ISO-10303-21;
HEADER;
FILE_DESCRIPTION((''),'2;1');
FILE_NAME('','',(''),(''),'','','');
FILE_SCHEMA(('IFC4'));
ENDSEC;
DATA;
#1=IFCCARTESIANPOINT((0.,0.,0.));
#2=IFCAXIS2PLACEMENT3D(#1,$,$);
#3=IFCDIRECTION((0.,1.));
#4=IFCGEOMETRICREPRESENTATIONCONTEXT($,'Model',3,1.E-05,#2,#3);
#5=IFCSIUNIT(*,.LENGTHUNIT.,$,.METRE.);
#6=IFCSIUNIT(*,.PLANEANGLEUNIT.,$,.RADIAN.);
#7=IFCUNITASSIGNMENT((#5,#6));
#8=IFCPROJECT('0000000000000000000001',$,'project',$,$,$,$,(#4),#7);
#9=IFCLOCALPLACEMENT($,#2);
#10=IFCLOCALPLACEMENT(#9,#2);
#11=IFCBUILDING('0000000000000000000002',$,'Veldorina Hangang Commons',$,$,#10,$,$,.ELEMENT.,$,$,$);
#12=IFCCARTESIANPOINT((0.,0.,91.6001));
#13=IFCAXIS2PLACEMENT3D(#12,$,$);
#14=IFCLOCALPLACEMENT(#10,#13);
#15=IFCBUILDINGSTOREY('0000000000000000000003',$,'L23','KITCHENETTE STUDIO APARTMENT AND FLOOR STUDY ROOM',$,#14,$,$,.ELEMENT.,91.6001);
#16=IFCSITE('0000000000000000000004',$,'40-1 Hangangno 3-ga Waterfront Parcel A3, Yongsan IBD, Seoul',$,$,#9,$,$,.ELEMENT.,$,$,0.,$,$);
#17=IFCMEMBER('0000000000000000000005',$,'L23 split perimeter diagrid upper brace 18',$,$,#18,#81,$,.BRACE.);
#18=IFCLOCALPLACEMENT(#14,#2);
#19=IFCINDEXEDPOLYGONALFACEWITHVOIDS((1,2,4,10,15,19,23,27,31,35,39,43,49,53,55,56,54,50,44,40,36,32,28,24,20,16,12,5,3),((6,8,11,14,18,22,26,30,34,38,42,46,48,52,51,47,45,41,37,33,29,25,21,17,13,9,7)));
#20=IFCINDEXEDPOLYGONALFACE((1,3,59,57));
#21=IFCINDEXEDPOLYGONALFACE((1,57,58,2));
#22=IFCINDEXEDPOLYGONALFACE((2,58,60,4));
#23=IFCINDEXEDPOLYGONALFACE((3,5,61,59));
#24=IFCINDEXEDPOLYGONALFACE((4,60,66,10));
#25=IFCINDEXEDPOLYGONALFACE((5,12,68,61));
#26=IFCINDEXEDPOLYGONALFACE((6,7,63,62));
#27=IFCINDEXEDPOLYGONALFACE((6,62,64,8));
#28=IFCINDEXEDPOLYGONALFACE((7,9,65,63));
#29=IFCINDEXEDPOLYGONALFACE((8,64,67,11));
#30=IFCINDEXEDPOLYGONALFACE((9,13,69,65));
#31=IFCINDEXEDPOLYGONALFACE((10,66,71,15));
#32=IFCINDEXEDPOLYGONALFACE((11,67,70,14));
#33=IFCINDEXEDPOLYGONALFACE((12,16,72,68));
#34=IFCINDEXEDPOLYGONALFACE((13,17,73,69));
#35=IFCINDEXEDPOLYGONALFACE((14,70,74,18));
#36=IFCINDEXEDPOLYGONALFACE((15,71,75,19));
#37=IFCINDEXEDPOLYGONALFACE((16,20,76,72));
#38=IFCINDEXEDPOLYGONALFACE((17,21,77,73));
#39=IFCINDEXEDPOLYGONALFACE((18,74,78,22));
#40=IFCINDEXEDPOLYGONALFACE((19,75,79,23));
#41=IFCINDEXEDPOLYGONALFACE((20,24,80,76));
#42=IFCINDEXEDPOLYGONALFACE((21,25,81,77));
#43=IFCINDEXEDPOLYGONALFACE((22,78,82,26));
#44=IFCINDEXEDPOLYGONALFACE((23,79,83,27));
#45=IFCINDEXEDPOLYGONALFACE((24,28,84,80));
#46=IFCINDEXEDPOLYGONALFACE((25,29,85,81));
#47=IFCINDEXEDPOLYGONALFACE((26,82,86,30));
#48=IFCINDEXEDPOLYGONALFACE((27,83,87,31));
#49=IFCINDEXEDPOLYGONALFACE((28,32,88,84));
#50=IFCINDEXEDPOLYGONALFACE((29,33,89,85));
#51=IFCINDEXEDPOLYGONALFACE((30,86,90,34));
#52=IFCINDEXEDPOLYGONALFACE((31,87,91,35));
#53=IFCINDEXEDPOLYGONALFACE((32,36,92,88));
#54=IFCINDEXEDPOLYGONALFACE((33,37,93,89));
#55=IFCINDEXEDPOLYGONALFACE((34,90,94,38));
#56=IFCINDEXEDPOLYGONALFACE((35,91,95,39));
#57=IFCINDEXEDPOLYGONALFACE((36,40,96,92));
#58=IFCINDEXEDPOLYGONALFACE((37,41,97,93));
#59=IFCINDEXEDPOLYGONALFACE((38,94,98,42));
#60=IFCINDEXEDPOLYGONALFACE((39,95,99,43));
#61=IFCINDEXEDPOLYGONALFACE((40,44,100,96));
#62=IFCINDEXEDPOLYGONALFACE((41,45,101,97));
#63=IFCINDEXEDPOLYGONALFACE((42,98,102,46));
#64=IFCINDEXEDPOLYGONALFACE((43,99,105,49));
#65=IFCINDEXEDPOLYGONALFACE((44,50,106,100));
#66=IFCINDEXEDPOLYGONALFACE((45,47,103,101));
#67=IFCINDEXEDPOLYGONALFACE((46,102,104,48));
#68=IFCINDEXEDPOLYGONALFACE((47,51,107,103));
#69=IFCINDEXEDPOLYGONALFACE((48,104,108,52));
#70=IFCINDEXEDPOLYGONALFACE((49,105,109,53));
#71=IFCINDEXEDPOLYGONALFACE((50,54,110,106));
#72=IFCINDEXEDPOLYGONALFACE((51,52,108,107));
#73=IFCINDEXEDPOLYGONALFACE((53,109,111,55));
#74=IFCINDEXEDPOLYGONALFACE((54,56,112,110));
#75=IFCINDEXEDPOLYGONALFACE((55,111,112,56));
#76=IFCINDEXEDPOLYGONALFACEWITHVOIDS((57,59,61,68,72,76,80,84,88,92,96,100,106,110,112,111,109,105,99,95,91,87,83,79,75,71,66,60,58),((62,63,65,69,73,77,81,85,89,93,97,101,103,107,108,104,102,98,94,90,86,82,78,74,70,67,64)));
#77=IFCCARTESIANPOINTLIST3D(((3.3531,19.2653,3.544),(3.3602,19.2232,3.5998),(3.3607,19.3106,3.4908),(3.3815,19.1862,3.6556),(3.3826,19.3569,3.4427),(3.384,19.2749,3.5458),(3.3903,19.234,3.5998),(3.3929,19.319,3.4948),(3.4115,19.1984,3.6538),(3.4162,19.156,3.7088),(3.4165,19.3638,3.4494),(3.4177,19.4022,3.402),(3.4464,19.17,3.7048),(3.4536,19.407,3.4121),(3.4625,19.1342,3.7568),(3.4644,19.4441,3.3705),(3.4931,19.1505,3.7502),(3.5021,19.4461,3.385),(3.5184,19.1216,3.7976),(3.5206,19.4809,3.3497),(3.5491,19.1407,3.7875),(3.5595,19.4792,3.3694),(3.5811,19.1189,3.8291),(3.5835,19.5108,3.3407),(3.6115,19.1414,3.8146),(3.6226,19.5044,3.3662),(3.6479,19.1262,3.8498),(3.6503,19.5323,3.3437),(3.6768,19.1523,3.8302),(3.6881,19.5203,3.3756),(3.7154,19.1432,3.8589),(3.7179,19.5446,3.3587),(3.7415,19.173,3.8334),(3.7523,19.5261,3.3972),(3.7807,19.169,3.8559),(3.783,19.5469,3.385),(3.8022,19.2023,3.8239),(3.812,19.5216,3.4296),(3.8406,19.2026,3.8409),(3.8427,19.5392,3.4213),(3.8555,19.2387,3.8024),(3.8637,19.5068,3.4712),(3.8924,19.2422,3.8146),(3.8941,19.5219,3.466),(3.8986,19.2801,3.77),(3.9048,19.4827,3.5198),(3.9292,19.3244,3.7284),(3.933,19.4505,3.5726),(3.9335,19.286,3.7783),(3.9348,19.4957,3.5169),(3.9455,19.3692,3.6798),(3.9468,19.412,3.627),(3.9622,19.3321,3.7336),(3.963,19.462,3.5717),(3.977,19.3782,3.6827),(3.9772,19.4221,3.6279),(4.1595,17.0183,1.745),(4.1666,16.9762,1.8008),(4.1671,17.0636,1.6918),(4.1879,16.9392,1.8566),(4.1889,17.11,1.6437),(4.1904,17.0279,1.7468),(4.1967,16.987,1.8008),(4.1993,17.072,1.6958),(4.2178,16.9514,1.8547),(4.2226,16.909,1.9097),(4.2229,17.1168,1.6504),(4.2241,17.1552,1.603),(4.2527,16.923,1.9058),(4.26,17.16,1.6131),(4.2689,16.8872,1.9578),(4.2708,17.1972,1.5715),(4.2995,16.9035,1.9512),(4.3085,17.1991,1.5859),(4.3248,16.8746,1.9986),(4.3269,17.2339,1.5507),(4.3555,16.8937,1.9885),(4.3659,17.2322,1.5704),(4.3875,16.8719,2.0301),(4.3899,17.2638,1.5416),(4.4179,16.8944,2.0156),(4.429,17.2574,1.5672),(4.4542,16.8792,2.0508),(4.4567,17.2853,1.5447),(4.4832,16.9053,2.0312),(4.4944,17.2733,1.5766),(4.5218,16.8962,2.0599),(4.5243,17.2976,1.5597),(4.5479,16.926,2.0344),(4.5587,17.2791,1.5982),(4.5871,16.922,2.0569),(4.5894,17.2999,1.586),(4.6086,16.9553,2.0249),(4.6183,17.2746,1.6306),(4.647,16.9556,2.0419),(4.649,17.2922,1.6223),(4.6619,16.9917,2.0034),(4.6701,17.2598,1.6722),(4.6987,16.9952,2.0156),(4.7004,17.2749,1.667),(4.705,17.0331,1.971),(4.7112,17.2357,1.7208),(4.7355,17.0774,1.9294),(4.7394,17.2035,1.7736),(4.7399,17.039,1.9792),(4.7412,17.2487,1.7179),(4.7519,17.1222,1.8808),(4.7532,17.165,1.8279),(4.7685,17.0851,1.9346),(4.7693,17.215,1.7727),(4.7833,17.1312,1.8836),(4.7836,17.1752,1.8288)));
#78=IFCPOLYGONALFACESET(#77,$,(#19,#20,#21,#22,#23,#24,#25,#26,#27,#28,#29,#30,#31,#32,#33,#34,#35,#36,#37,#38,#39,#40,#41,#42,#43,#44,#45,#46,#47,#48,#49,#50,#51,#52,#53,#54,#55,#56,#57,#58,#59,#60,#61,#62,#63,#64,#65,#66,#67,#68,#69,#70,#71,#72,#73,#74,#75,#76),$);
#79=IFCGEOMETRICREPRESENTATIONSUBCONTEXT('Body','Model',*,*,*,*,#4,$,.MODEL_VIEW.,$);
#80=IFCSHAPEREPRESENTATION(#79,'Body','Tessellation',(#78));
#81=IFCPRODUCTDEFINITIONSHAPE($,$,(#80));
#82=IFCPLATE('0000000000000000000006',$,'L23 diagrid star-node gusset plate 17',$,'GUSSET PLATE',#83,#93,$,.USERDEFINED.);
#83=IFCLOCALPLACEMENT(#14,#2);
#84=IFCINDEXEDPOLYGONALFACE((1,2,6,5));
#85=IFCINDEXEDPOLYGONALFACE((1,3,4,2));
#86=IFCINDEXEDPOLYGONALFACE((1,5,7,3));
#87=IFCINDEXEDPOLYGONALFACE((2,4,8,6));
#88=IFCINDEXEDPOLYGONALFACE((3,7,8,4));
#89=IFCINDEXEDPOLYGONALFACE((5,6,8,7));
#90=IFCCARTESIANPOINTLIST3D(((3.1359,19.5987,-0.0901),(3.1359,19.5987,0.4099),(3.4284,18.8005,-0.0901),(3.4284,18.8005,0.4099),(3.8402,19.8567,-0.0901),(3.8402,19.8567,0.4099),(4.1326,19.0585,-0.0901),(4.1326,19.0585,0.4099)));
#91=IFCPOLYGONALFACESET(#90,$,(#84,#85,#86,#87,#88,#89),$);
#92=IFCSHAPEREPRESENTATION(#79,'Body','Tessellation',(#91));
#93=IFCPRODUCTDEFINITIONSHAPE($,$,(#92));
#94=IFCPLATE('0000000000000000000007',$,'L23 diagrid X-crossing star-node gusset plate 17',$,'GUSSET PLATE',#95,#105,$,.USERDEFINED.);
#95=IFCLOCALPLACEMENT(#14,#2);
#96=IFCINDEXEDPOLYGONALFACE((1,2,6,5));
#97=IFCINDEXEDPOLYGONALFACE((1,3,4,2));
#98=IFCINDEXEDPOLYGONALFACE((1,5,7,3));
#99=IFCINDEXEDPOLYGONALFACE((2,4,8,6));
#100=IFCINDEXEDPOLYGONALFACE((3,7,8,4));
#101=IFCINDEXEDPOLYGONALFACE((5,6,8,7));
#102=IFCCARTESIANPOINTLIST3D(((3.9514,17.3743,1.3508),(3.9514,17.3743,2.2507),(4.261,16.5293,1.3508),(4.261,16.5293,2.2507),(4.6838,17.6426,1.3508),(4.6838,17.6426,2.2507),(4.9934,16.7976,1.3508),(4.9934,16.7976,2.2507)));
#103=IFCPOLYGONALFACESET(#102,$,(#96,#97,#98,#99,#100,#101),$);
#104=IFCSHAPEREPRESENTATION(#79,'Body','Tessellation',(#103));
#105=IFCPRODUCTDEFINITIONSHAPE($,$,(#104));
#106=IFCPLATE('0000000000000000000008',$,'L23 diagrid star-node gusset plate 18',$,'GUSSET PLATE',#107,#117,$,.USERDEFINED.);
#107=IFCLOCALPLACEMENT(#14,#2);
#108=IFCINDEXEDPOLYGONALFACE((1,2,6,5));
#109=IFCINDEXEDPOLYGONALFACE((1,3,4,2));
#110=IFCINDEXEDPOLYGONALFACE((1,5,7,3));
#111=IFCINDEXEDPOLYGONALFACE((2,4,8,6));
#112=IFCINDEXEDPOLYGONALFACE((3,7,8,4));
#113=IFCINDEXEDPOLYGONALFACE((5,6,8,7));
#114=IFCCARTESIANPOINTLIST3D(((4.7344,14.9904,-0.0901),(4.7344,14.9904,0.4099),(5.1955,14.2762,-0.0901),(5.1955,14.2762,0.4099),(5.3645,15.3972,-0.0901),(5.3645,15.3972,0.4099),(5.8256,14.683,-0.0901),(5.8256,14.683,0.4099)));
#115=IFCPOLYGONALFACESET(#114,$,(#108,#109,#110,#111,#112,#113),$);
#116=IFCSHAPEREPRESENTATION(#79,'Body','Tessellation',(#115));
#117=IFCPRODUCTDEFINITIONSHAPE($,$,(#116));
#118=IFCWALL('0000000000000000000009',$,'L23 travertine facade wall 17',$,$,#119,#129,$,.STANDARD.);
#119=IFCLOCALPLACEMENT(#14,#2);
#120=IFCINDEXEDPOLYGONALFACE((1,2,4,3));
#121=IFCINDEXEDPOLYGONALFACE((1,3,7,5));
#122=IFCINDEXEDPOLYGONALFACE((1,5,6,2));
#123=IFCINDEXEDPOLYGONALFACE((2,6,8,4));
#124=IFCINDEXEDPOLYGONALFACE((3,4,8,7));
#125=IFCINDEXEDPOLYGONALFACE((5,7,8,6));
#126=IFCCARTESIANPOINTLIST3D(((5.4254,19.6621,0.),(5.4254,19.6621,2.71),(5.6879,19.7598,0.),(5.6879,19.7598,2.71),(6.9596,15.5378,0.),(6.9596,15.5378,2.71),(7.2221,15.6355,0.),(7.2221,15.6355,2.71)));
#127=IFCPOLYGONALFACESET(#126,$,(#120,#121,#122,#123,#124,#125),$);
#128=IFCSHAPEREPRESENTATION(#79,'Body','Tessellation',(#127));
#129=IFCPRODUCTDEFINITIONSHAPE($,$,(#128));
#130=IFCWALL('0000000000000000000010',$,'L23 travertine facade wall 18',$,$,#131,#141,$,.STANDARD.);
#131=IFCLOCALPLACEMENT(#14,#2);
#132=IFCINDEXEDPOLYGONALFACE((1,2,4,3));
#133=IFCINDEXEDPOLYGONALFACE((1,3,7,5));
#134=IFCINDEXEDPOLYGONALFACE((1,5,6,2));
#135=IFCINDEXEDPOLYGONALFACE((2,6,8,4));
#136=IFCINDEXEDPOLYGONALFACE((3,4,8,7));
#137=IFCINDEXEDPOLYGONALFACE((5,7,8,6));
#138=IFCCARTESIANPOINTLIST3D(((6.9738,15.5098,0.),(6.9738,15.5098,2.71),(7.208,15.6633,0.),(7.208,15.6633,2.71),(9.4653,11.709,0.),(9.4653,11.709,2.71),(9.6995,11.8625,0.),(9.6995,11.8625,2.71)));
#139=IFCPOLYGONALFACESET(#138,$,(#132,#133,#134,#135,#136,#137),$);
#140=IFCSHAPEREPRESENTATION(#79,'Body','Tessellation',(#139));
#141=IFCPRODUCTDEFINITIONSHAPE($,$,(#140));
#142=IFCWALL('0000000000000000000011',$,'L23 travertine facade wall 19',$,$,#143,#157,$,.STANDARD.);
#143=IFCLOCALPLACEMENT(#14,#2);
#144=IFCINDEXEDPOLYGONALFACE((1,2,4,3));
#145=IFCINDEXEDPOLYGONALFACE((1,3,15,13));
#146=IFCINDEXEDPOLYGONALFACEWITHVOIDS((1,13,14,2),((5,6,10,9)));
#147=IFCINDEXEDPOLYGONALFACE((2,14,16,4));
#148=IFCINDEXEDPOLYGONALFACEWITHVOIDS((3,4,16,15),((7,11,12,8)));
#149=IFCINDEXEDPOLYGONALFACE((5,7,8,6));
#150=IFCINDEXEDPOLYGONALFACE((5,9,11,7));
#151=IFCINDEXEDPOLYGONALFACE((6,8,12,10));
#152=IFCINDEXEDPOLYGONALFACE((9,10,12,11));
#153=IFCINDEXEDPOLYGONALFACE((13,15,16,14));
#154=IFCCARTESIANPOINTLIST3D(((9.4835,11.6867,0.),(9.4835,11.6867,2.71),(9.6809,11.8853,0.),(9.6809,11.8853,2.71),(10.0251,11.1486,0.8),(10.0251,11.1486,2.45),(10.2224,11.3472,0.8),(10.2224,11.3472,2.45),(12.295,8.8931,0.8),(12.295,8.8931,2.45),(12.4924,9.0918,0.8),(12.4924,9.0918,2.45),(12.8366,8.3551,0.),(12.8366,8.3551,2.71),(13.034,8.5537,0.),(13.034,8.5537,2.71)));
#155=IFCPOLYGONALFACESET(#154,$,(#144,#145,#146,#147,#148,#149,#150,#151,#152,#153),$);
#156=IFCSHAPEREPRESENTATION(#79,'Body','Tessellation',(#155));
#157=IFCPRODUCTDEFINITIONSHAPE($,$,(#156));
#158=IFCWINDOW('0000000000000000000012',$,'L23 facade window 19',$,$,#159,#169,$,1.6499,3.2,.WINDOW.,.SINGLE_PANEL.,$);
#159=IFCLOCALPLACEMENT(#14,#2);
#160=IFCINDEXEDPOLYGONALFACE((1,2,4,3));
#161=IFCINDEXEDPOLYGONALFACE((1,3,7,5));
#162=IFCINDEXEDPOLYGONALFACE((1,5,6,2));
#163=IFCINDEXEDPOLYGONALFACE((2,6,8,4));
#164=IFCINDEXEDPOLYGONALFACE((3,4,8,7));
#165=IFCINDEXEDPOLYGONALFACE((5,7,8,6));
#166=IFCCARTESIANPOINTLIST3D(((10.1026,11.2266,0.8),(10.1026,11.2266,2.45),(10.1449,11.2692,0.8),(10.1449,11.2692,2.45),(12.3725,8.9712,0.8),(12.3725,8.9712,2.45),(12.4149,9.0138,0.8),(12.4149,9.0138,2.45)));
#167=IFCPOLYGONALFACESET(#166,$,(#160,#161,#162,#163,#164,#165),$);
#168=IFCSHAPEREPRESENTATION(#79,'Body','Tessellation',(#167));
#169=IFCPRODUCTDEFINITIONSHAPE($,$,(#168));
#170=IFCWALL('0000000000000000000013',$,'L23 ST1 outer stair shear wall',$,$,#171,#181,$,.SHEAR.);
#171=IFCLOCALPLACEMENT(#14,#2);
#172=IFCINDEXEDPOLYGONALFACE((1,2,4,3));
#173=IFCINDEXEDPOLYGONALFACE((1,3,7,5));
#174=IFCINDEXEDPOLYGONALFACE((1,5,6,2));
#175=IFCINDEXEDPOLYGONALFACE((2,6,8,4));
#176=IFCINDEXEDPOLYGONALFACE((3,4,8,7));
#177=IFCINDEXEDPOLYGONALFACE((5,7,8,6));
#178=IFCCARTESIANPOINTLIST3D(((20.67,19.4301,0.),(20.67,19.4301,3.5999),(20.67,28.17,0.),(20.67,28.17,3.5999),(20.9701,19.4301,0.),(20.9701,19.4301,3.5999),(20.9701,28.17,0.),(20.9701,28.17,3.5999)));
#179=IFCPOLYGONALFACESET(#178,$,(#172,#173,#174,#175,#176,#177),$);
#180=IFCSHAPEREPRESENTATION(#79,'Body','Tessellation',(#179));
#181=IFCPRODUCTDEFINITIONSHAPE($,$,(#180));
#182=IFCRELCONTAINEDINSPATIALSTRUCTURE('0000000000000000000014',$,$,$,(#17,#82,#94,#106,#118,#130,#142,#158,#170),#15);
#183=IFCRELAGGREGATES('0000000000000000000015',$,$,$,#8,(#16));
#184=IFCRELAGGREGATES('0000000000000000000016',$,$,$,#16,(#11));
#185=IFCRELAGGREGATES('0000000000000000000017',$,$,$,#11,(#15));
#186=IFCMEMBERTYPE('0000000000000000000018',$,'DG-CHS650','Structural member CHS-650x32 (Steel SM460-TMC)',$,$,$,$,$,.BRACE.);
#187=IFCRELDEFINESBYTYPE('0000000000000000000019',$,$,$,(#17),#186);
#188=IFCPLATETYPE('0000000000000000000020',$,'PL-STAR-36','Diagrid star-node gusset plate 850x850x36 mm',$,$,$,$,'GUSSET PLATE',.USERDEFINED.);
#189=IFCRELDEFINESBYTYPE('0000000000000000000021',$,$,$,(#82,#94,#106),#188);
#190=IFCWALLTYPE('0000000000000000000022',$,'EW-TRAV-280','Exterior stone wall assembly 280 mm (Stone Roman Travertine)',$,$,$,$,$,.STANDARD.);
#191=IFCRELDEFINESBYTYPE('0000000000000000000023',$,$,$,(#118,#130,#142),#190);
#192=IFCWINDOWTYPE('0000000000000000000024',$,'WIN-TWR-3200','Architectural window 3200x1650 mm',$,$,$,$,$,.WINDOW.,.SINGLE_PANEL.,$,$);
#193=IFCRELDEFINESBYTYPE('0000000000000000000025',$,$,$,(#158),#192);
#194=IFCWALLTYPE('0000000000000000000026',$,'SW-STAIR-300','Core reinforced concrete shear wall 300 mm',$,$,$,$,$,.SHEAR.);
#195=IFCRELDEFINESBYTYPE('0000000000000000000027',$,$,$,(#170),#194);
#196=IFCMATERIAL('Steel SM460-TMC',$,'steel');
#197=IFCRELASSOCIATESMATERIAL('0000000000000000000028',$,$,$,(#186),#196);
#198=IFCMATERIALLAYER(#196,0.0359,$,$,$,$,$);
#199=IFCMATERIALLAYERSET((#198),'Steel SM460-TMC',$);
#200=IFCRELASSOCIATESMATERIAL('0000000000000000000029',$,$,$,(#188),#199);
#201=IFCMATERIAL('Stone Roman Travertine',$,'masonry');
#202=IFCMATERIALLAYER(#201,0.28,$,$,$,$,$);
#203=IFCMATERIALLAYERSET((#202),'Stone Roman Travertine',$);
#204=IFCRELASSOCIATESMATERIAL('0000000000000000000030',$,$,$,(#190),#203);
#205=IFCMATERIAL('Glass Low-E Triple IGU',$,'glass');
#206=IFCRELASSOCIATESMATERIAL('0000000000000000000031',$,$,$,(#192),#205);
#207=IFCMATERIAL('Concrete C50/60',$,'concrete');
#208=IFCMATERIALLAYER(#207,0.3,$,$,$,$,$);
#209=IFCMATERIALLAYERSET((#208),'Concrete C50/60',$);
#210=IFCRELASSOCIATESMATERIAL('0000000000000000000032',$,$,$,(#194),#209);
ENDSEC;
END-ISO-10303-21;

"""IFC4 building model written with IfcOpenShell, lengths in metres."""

from ifc_helpers import new_model, si_unit, direction, frame, frame_2d, origin, origin_2d, place, context, subcontext, project, spatial, rectangle, hollow_circle, extrude, material, layer, layer_set, material_profile, profile_set, type_object, element, fill, save


model = new_model("IFC4")

# Units and contexts
model_context = context("Model", 3, precision=1e-05, world=origin(), true_north=direction((0.0, 1.0)))
body_context = subcontext(model_context, "Body", "Model", "MODEL_VIEW")
ifc_project = project(units=[si_unit("LENGTHUNIT", "METRE"), si_unit("PLANEANGLEUNIT", "RADIAN")], contexts=[model_context])

# Site, building, storey
site_placement = place(None, origin())
site = spatial("IfcSite", under=ifc_project, at=site_placement, Name="40-1 Hangangno 3-ga Waterfront Parcel A3, Yongsan IBD, Seoul", CompositionType="ELEMENT", RefElevation=0.0)
building_placement = place(site_placement, origin())
building = spatial("IfcBuilding", under=site, at=building_placement, Name="Veldorina Hangang Commons", CompositionType="ELEMENT")
storey_placement = place(building_placement, frame((0.0, 0.0, 91.6001)))
storey = spatial("IfcBuildingStorey", under=building, at=storey_placement, Name="L23", Description="KITCHENETTE STUDIO APARTMENT AND FLOOR STUDY ROOM", CompositionType="ELEMENT", Elevation=91.6001)

# Member
ifc_material_1 = material(Name="Steel SM460-TMC", Category="steel")
ifc_material_profile_1 = material_profile(ifc_material_1, hollow_circle(Radius=0.325, WallThickness=0.032, at=origin_2d()), Name="CHS-650x32")
ifc_profile_set_1 = profile_set([ifc_material_profile_1], Name="Steel SM460-TMC")
member_type = type_object("IfcMemberType", Name="DG-CHS650", Description="Structural member CHS-650x32 (Steel SM460-TMC)", PredefinedType="BRACE", material=ifc_profile_set_1)
member_1_placement = place(storey_placement, frame((4.4724, 17.0859, 1.8008), z_axis=(-0.269756, 0.75169, 0.601826), x_axis=(-0.941227, -0.337774, 0.0)))
element("IfcMember", 1, at=member_1_placement, inside=storey, type_object=member_type, Name="L23 split perimeter diagrid upper brace 18", PredefinedType="BRACE", context=body_context, shape_type="SweptSolid", body=[
    extrude(hollow_circle(Radius=0.325, WallThickness=0.032, at=origin_2d()), origin(), (0.0, 0.0, 1.0), 2.9893),
])

# Plates
ifc_layer_1 = layer(ifc_material_1, 0.0359)
ifc_layer_set_1 = layer_set([ifc_layer_1], Name="Steel SM460-TMC")
plate_type = type_object("IfcPlateType", Name="PL-STAR-36", Description="Diagrid star-node gusset plate 850x850x36 mm", ElementType="GUSSET PLATE", PredefinedType="USERDEFINED", material=ifc_layer_set_1)
plate_1_placement = place(storey_placement, frame((3.6343, 19.3286, -0.0901), z_axis=(0.0, 0.0, 1.0), x_axis=(0.34402, -0.938962, 0.0)))
element("IfcPlate", 2, at=plate_1_placement, inside=storey, type_object=plate_type, Name="L23 diagrid star-node gusset plate 17", ObjectType="GUSSET PLATE", PredefinedType="USERDEFINED", context=body_context, shape_type="SweptSolid", body=[
    extrude(rectangle(XDim=0.8501, YDim=0.75, at=origin_2d()), origin(), (0.0, 0.0, 1.0), 0.5),
])
plate_2_placement = place(storey_placement, frame((4.4724, 17.0859, 1.3508), z_axis=(0.0, 0.0, 1.0), x_axis=(0.34402, -0.938962, 0.0)))
element("IfcPlate", 3, at=plate_2_placement, inside=storey, type_object=plate_type, Name="L23 diagrid X-crossing star-node gusset plate 17", ObjectType="GUSSET PLATE", PredefinedType="USERDEFINED", context=body_context, shape_type="SweptSolid", body=[
    extrude(rectangle(XDim=0.8999, YDim=0.78, at=origin_2d()), origin(), (0.0, 0.0, 1.0), 0.8999),
])
plate_3_placement = place(storey_placement, frame((5.28, 14.8367, -0.0901), z_axis=(0.0, 0.0, 1.0), x_axis=(0.542398, -0.840122, 0.0)))
element("IfcPlate", 4, at=plate_3_placement, inside=storey, type_object=plate_type, Name="L23 diagrid star-node gusset plate 18", ObjectType="GUSSET PLATE", PredefinedType="USERDEFINED", context=body_context, shape_type="SweptSolid", body=[
    extrude(rectangle(XDim=0.8501, YDim=0.75, at=origin_2d()), origin(), (0.0, 0.0, 1.0), 0.5),
])

# Walls
ifc_material_2 = material(Name="Stone Roman Travertine", Category="masonry")
ifc_layer_2 = layer(ifc_material_2, 0.28)
ifc_layer_set_2 = layer_set([ifc_layer_2], Name="Stone Roman Travertine")
wall_type_1 = type_object("IfcWallType", Name="EW-TRAV-280", Description="Exterior stone wall assembly 280 mm (Stone Roman Travertine)", PredefinedType="STANDARD", material=ifc_layer_set_2)
wall_1_placement = place(storey_placement, frame((5.5566, 19.7109, 0.0), z_axis=(0.0, 0.0, 1.0), x_axis=(0.348648, -0.937254, 0.0)))
element("IfcWall", 5, at=wall_1_placement, inside=storey, type_object=wall_type_1, Name="L23 travertine facade wall 17", PredefinedType="STANDARD", context=body_context, shape_type="SweptSolid", body=[
    extrude(rectangle(XDim=4.4004, YDim=0.28, at=frame_2d((2.2002, 0.0))), origin(), (0.0, 0.0, 1.0), 2.71),
])
wall_2_placement = place(storey_placement, frame((7.0908, 15.5867, 0.0), z_axis=(0.0, 0.0, 1.0), x_axis=(0.548225, -0.836331, 0.0)))
element("IfcWall", 6, at=wall_2_placement, inside=storey, type_object=wall_type_1, Name="L23 travertine facade wall 18", PredefinedType="STANDARD", context=body_context, shape_type="SweptSolid", body=[
    extrude(rectangle(XDim=4.5447, YDim=0.28, at=frame_2d((2.2725, 0.0))), origin(), (0.0, 0.0, 1.0), 2.71),
])

# Wall, opening, window
wall_3_placement = place(storey_placement, frame((9.5823, 11.7859, 0.0), z_axis=(0.0, 0.0, 1.0), x_axis=(0.709376, -0.70483, 0.0)))
wall_3 = element("IfcWall", 7, at=wall_3_placement, inside=storey, type_object=wall_type_1, Name="L23 travertine facade wall 19", PredefinedType="STANDARD", context=body_context, shape_type="SweptSolid", body=[
    extrude(rectangle(XDim=4.7268, YDim=0.28, at=frame_2d((2.3633, 0.0))), origin(), (0.0, 0.0, 1.0), 2.71),
])
opening_1_placement = place(wall_3_placement, frame((0.7632, 0.0, 0.8)))
opening_1 = element("IfcOpeningElement", 8, at=opening_1_placement, cuts=wall_3, PredefinedType="OPENING", context=body_context, shape_type="SweptSolid", body=[
    extrude(rectangle(XDim=3.2, YDim=1.6499, at=frame_2d((1.6001, 0.825))), frame((0.0, 0.1499, 0.0), z_axis=(0.0, -1.0, 0.0), x_axis=(1.0, 0.0, 0.0)), (0.0, 0.0, 1.0), 0.3),
])
ifc_material_3 = material(Name="Glass Low-E Triple IGU", Category="glass")
window_type = type_object("IfcWindowType", Name="WIN-TWR-3200", Description="Architectural window 3200x1650 mm", PartitioningType="SINGLE_PANEL", PredefinedType="WINDOW", material=ifc_material_3)
window_placement = place(opening_1_placement, origin())
window = element("IfcWindow", 9, at=window_placement, inside=storey, type_object=window_type, Name="L23 facade window 19", OverallHeight=1.6499, OverallWidth=3.2, PartitioningType="SINGLE_PANEL", PredefinedType="WINDOW", context=body_context, shape_type="SweptSolid", body=[
    extrude(rectangle(XDim=3.2, YDim=1.6499, at=frame_2d((1.6001, 0.825))), frame((0.0, 0.03, 0.0), z_axis=(0.0, -1.0, 0.0), x_axis=(1.0, 0.0, 0.0)), (0.0, 0.0, 1.0), 0.0601),
])
fill(opening_1, window)

# Wall
ifc_material_4 = material(Name="Concrete C50/60", Category="concrete")
ifc_layer_3 = layer(ifc_material_4, 0.3)
ifc_layer_set_3 = layer_set([ifc_layer_3], Name="Concrete C50/60")
wall_type_2 = type_object("IfcWallType", Name="SW-STAIR-300", Description="Core reinforced concrete shear wall 300 mm", PredefinedType="SHEAR", material=ifc_layer_set_3)
wall_4_placement = place(storey_placement, frame((20.8201, 19.4299, 0.0), z_axis=(0.0, 0.0, 1.0), x_axis=(0.0, 1.0, 0.0)))
element("IfcWall", 10, at=wall_4_placement, inside=storey, type_object=wall_type_2, Name="L23 ST1 outer stair shear wall", PredefinedType="SHEAR", context=body_context, shape_type="SweptSolid", body=[
    extrude(rectangle(XDim=8.74, YDim=0.3, at=frame_2d((4.3701, 0.0))), origin(), (0.0, 0.0, 1.0), 3.5999),
])

save(model, "model.ifc")
